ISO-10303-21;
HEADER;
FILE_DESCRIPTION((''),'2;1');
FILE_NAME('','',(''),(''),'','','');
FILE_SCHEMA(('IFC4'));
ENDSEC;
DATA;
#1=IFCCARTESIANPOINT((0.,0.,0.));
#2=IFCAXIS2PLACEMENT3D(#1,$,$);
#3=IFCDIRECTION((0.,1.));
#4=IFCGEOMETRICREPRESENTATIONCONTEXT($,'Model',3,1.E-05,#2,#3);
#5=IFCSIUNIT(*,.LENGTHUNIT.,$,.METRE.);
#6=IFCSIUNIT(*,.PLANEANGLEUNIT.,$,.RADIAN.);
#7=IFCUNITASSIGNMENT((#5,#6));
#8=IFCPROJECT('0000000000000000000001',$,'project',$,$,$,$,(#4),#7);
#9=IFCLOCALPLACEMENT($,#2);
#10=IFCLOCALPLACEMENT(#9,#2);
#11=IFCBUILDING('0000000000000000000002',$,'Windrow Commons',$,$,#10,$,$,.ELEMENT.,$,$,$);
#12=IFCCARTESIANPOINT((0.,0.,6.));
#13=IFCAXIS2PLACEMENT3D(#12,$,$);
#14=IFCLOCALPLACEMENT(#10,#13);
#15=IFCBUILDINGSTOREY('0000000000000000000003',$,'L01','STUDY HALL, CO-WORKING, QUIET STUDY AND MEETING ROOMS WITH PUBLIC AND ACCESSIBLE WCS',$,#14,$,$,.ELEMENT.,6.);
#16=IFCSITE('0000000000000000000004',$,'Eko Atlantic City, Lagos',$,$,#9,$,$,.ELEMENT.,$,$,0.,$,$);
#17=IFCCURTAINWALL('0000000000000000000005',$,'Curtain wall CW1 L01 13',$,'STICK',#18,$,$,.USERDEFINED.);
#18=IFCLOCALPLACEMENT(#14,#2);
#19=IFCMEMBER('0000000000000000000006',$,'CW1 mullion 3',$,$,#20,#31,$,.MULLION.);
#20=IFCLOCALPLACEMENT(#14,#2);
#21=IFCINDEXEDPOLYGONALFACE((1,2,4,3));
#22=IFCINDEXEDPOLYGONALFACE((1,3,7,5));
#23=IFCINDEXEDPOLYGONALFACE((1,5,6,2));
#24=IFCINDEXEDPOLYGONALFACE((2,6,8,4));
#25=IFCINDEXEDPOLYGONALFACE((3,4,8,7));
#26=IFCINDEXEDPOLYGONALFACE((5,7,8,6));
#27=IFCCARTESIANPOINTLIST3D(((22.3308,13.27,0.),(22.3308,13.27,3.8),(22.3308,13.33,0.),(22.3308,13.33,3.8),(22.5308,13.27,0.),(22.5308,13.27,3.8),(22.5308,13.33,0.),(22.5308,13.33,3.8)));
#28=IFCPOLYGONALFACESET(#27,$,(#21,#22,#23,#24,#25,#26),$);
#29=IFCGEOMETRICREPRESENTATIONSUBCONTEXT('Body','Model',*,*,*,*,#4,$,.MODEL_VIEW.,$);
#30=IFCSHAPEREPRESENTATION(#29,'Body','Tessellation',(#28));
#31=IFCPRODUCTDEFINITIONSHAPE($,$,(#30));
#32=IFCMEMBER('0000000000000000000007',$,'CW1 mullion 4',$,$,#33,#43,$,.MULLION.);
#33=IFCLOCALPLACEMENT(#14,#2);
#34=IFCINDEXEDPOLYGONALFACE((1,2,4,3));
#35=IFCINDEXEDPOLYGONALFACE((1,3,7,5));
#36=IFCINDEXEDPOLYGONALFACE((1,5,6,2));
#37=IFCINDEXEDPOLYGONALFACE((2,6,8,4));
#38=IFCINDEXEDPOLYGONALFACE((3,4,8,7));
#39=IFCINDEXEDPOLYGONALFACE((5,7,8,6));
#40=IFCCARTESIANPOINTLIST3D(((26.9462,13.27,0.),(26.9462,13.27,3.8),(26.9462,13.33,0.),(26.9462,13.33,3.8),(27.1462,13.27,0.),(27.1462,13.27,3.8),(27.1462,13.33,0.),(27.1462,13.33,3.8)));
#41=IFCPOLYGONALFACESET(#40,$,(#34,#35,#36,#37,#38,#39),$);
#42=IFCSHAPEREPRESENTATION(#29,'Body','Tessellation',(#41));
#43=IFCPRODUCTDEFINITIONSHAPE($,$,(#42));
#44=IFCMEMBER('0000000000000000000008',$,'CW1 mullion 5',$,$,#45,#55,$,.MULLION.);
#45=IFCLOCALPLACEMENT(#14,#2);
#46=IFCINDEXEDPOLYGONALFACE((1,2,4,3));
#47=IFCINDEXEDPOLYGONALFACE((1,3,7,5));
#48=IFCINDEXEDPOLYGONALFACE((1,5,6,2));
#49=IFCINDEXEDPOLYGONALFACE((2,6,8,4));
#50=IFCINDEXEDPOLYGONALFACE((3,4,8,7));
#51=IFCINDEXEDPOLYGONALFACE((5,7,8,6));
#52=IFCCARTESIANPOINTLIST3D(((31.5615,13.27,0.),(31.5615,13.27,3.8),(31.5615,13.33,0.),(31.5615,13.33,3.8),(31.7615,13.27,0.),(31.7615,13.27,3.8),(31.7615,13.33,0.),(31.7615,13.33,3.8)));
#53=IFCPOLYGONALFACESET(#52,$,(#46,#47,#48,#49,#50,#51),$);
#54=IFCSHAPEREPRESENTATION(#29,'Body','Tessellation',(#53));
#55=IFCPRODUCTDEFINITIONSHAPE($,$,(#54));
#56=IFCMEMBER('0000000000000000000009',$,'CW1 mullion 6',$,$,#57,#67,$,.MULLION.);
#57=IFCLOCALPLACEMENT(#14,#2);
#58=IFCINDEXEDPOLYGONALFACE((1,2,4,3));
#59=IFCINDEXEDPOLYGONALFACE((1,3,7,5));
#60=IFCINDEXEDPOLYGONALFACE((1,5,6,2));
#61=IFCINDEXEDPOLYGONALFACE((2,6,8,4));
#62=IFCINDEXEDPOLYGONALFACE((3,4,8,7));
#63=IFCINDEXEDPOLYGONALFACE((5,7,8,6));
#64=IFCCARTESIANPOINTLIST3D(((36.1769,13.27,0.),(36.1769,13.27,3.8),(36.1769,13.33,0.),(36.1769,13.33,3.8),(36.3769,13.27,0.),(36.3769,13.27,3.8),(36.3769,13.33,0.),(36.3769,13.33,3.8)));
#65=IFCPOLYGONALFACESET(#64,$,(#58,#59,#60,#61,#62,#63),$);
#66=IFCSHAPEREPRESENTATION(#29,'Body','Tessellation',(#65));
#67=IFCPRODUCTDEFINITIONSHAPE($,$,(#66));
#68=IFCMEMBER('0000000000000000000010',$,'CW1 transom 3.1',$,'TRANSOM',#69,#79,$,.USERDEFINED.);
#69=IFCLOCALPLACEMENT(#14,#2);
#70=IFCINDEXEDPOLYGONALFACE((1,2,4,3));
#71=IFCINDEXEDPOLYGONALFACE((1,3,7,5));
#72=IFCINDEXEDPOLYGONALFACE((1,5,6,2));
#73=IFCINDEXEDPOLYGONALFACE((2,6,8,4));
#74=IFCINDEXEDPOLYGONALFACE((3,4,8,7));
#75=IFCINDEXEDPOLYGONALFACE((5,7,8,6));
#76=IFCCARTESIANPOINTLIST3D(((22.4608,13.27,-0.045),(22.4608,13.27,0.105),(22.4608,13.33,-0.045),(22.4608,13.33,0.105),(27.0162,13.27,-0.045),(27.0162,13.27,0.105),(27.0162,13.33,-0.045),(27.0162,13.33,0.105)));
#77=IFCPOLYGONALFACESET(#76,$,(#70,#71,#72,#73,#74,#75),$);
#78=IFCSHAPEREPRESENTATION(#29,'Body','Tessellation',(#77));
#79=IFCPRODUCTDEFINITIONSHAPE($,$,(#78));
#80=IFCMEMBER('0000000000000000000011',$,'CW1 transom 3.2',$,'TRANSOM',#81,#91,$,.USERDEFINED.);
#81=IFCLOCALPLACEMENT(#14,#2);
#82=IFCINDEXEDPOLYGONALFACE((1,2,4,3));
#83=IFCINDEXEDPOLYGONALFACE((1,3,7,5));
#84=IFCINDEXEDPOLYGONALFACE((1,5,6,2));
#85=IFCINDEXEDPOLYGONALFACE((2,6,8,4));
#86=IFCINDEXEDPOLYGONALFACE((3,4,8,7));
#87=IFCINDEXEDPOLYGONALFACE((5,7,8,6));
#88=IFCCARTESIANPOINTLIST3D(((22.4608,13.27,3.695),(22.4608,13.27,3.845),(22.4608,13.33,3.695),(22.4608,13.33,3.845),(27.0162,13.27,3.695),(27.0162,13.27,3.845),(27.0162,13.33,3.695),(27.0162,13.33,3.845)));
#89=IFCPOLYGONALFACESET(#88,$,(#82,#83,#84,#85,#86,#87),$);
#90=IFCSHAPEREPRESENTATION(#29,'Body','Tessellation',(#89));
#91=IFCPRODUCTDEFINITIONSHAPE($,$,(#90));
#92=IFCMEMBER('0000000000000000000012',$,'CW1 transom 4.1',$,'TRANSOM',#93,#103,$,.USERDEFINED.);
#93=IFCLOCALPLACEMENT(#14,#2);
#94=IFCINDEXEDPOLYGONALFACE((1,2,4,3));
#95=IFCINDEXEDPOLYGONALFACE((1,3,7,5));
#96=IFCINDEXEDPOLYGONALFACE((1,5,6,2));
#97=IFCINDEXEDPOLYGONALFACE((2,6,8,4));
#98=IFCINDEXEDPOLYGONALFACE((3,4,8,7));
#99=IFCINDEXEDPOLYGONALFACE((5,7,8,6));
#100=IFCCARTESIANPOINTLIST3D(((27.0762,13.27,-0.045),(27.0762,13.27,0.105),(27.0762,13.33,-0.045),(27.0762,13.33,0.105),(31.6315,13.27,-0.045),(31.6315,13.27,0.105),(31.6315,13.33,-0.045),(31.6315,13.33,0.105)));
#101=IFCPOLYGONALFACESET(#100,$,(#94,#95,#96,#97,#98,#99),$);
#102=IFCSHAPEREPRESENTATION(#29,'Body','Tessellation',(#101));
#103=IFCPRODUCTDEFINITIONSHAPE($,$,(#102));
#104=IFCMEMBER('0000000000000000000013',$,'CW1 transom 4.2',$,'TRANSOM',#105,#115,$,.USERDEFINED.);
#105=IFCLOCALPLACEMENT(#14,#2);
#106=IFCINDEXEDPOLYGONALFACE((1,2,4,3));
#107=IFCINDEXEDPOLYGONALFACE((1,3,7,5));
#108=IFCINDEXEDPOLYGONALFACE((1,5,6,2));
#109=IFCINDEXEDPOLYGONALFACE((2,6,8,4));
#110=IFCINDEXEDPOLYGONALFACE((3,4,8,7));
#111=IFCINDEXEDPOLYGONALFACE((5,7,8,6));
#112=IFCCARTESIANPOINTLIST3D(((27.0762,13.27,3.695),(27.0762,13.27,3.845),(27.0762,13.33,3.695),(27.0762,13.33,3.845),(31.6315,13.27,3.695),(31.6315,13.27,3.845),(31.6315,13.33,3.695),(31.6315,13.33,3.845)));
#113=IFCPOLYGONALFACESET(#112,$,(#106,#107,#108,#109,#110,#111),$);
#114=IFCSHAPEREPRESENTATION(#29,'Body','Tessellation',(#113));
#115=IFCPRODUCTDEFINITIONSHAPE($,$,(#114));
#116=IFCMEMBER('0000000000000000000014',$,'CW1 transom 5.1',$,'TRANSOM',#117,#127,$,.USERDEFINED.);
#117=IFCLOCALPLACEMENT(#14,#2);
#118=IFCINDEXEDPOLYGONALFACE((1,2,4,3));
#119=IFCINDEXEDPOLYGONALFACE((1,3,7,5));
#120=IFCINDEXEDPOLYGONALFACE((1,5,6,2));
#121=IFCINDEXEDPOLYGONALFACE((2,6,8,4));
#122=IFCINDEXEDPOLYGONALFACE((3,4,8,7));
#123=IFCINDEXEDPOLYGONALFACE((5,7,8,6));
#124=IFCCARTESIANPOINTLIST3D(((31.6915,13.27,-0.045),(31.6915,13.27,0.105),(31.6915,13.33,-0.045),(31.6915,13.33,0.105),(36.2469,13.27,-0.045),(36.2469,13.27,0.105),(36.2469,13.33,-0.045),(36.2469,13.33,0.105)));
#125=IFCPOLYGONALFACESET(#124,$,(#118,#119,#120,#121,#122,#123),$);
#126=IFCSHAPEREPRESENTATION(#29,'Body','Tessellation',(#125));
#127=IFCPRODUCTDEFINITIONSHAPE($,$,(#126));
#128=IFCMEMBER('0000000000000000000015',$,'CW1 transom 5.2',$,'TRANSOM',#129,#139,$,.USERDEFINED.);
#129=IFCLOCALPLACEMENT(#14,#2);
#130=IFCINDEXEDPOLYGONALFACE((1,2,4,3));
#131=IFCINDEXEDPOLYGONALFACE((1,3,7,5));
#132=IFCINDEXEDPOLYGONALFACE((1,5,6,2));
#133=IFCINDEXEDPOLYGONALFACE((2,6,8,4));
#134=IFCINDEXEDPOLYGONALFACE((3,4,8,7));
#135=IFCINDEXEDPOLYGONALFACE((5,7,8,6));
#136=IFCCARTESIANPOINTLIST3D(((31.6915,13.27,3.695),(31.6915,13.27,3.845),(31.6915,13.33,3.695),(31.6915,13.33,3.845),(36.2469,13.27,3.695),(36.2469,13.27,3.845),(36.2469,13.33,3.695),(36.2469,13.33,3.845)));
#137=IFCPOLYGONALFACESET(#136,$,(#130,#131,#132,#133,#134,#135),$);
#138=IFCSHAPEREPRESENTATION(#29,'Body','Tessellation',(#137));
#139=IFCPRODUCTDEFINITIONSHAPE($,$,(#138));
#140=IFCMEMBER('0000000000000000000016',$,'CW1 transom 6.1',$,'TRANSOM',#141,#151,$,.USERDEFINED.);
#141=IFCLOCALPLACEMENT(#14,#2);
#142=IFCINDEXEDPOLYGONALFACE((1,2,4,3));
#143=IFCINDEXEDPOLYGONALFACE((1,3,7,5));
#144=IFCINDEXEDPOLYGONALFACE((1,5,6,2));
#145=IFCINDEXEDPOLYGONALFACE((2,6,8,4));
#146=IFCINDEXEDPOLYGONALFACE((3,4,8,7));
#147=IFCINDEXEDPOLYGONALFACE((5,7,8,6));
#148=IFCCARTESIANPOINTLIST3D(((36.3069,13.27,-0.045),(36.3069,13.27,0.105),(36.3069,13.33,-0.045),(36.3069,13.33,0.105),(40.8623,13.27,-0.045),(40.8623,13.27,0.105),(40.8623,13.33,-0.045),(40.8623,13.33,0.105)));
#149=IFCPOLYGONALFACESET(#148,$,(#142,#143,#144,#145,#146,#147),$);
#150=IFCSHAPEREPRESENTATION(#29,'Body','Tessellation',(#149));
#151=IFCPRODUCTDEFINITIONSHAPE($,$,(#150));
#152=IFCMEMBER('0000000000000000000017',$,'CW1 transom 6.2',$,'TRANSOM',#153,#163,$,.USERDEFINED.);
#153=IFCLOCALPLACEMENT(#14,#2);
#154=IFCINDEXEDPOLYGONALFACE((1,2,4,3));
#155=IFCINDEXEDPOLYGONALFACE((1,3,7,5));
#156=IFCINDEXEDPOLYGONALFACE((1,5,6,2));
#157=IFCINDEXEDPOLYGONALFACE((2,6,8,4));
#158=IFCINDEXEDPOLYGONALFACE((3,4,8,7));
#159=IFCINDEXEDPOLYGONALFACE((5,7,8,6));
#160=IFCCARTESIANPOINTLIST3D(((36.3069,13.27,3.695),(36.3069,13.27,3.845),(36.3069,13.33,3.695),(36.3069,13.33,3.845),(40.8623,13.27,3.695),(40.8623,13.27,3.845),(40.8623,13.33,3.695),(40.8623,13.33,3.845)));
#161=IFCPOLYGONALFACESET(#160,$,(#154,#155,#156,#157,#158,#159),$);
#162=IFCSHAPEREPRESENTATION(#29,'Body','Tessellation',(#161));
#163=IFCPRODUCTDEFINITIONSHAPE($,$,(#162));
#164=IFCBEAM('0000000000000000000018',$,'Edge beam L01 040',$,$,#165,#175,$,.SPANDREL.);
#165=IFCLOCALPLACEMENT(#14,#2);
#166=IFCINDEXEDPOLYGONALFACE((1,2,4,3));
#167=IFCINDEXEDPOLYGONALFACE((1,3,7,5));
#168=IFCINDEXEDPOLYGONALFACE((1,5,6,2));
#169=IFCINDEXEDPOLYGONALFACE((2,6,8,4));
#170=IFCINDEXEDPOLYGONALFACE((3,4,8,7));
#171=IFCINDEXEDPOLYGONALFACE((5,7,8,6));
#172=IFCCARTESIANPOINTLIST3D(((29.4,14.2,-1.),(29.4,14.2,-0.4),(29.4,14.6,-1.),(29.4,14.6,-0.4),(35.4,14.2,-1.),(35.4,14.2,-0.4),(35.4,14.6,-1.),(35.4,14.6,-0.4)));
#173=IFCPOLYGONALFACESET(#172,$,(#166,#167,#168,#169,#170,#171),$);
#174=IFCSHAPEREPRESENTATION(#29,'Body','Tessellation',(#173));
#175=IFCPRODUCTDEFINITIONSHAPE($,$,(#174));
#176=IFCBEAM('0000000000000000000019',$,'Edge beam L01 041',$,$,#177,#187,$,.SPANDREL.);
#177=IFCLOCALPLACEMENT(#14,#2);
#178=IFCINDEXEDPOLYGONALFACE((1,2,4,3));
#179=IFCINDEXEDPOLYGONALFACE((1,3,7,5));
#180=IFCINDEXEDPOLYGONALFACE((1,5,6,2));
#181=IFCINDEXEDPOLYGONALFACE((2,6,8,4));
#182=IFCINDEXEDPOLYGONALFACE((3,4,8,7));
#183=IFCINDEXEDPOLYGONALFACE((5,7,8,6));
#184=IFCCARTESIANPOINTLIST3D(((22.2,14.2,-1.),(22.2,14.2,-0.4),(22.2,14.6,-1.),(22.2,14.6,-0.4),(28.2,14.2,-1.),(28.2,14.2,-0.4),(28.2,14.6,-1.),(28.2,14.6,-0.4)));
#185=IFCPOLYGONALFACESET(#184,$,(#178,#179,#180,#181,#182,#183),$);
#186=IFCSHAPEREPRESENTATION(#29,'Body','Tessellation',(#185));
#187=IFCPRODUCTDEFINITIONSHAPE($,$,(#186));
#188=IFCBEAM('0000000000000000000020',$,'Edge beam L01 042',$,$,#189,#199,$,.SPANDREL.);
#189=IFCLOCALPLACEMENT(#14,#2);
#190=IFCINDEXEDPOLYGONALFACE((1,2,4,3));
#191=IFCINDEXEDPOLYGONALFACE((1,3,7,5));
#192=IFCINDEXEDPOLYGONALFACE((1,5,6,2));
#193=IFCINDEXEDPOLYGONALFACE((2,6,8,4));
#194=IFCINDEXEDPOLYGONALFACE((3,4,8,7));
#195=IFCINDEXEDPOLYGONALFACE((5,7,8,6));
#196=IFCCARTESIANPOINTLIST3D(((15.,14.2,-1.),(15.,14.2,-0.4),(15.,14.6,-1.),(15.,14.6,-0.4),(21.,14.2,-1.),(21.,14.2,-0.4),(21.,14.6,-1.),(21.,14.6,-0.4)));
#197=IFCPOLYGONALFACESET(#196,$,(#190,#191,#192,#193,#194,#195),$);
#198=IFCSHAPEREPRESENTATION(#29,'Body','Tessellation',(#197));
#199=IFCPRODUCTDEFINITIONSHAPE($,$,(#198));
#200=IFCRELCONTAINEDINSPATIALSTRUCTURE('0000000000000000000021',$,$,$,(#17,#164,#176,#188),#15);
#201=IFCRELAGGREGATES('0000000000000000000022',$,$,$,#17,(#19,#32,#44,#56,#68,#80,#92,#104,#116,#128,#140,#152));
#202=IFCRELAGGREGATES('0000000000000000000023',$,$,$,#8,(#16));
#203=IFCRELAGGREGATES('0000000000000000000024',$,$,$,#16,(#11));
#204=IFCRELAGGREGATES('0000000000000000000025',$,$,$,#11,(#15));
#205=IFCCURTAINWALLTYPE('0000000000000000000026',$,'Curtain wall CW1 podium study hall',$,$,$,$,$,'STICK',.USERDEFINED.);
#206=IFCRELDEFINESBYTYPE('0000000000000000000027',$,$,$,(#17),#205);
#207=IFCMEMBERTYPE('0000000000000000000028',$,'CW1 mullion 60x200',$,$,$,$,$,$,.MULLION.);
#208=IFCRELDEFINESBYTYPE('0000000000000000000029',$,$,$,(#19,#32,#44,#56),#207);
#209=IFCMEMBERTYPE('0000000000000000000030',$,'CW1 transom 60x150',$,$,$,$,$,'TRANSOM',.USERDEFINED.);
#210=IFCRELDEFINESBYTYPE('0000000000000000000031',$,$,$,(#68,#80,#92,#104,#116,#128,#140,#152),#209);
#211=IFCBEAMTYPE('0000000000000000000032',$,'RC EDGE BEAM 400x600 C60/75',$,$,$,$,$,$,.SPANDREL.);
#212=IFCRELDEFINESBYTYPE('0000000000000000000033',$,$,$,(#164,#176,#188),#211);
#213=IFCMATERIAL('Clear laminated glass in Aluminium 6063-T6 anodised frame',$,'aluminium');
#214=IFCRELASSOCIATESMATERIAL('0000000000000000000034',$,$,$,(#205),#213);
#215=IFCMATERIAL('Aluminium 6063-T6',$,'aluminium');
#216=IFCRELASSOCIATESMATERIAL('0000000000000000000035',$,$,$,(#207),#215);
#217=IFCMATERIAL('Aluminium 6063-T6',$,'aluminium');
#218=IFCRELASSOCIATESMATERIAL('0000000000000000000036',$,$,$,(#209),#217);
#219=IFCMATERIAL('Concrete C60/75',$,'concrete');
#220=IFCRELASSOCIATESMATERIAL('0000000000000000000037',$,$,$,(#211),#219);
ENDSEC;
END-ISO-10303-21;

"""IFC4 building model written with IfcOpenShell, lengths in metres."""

from ifc_helpers import new_model, si_unit, direction, frame, origin, origin_2d, place, context, subcontext, project, spatial, rectangle, extrude, material, material_profile, profile_set, type_object, element, aggregate, save


model = new_model("IFC4")

# Units and contexts
model_context = context("Model", 3, precision=1e-05, world=origin(), true_north=direction((0.0, 1.0)))
body_context = subcontext(model_context, "Body", "Model", "MODEL_VIEW")
ifc_project = project(units=[si_unit("LENGTHUNIT", "METRE"), si_unit("PLANEANGLEUNIT", "RADIAN")], contexts=[model_context])

# Site, building, storey
site_placement = place(None, origin())
site = spatial("IfcSite", under=ifc_project, at=site_placement, Name="Eko Atlantic City, Lagos", CompositionType="ELEMENT", RefElevation=0.0)
building_placement = place(site_placement, origin())
building = spatial("IfcBuilding", under=site, at=building_placement, Name="Windrow Commons", CompositionType="ELEMENT")
storey_placement = place(building_placement, frame((0.0, 0.0, 6.0)))
storey = spatial("IfcBuildingStorey", under=building, at=storey_placement, Name="L01", Description="STUDY HALL, CO-WORKING, QUIET STUDY AND MEETING ROOMS WITH PUBLIC AND ACCESSIBLE WCS", CompositionType="ELEMENT", Elevation=6.0)

# Curtain wall, members
ifc_material_1 = material(Name="Clear laminated glass in Aluminium 6063-T6 anodised frame", Category="aluminium")
curtain_wall_type = type_object("IfcCurtainWallType", Name="Curtain wall CW1 podium study hall", ElementType="STICK", PredefinedType="USERDEFINED", material=ifc_material_1)
curtain_wall_placement = place(storey_placement, origin())
curtain_wall = element("IfcCurtainWall", 1, at=curtain_wall_placement, inside=storey, type_object=curtain_wall_type, Name="Curtain wall CW1 L01 13", ObjectType="STICK", PredefinedType="USERDEFINED")
ifc_material_2 = material(Name="Aluminium 6063-T6", Category="aluminium")
ifc_material_profile_1 = material_profile(ifc_material_2, rectangle(XDim=0.06, YDim=0.2, at=origin_2d()))
ifc_profile_set_1 = profile_set([ifc_material_profile_1], Name="Aluminium 6063-T6")
member_type_1 = type_object("IfcMemberType", Name="CW1 mullion 60x200", PredefinedType="MULLION", material=ifc_profile_set_1)
member_1_placement = place(storey_placement, frame((22.4308, 13.3, 0.0), z_axis=(0.0, 0.0, 1.0), x_axis=(0.0, 1.0, 0.0)))
member_1 = element("IfcMember", 2, at=member_1_placement, type_object=member_type_1, Name="CW1 mullion 3", PredefinedType="MULLION", context=body_context, shape_type="SweptSolid", body=[
    extrude(rectangle(XDim=0.06, YDim=0.2, at=origin_2d()), origin(), (0.0, 0.0, 1.0), 3.8),
])
member_2_placement = place(storey_placement, frame((27.0462, 13.3, 0.0), z_axis=(0.0, 0.0, 1.0), x_axis=(0.0, 1.0, 0.0)))
member_2 = element("IfcMember", 3, at=member_2_placement, type_object=member_type_1, Name="CW1 mullion 4", PredefinedType="MULLION", context=body_context, shape_type="SweptSolid", body=[
    extrude(rectangle(XDim=0.06, YDim=0.2, at=origin_2d()), origin(), (0.0, 0.0, 1.0), 3.8),
])
member_3_placement = place(storey_placement, frame((31.6615, 13.3, 0.0), z_axis=(0.0, 0.0, 1.0), x_axis=(0.0, 1.0, 0.0)))
member_3 = element("IfcMember", 4, at=member_3_placement, type_object=member_type_1, Name="CW1 mullion 5", PredefinedType="MULLION", context=body_context, shape_type="SweptSolid", body=[
    extrude(rectangle(XDim=0.06, YDim=0.2, at=origin_2d()), origin(), (0.0, 0.0, 1.0), 3.8),
])
member_4_placement = place(storey_placement, frame((36.2769, 13.3, 0.0), z_axis=(0.0, 0.0, 1.0), x_axis=(0.0, 1.0, 0.0)))
member_4 = element("IfcMember", 5, at=member_4_placement, type_object=member_type_1, Name="CW1 mullion 6", PredefinedType="MULLION", context=body_context, shape_type="SweptSolid", body=[
    extrude(rectangle(XDim=0.06, YDim=0.2, at=origin_2d()), origin(), (0.0, 0.0, 1.0), 3.8),
])
ifc_material_3 = material(Name="Aluminium 6063-T6", Category="aluminium")
ifc_material_profile_2 = material_profile(ifc_material_3, rectangle(XDim=0.06, YDim=0.15, at=origin_2d()))
ifc_profile_set_2 = profile_set([ifc_material_profile_2], Name="Aluminium 6063-T6")
member_type_2 = type_object("IfcMemberType", Name="CW1 transom 60x150", ElementType="TRANSOM", PredefinedType="USERDEFINED", material=ifc_profile_set_2)
member_5_placement = place(storey_placement, frame((22.4608, 13.3, 0.03), z_axis=(1.0, 0.0, 0.0), x_axis=(0.0, 1.0, 0.0)))
member_5 = element("IfcMember", 6, at=member_5_placement, type_object=member_type_2, Name="CW1 transom 3.1", ObjectType="TRANSOM", PredefinedType="USERDEFINED", context=body_context, shape_type="SweptSolid", body=[
    extrude(rectangle(XDim=0.06, YDim=0.15, at=origin_2d()), origin(), (0.0, 0.0, 1.0), 4.5554),
])
member_6_placement = place(storey_placement, frame((22.4608, 13.3, 3.77), z_axis=(1.0, 0.0, 0.0), x_axis=(0.0, 1.0, 0.0)))
member_6 = element("IfcMember", 7, at=member_6_placement, type_object=member_type_2, Name="CW1 transom 3.2", ObjectType="TRANSOM", PredefinedType="USERDEFINED", context=body_context, shape_type="SweptSolid", body=[
    extrude(rectangle(XDim=0.06, YDim=0.15, at=origin_2d()), origin(), (0.0, 0.0, 1.0), 4.5554),
])
member_7_placement = place(storey_placement, frame((27.0762, 13.3, 0.03), z_axis=(1.0, 0.0, 0.0), x_axis=(0.0, 1.0, 0.0)))
member_7 = element("IfcMember", 8, at=member_7_placement, type_object=member_type_2, Name="CW1 transom 4.1", ObjectType="TRANSOM", PredefinedType="USERDEFINED", context=body_context, shape_type="SweptSolid", body=[
    extrude(rectangle(XDim=0.06, YDim=0.15, at=origin_2d()), origin(), (0.0, 0.0, 1.0), 4.5553),
])
member_8_placement = place(storey_placement, frame((27.0762, 13.3, 3.77), z_axis=(1.0, 0.0, 0.0), x_axis=(0.0, 1.0, 0.0)))
member_8 = element("IfcMember", 9, at=member_8_placement, type_object=member_type_2, Name="CW1 transom 4.2", ObjectType="TRANSOM", PredefinedType="USERDEFINED", context=body_context, shape_type="SweptSolid", body=[
    extrude(rectangle(XDim=0.06, YDim=0.15, at=origin_2d()), origin(), (0.0, 0.0, 1.0), 4.5553),
])
member_9_placement = place(storey_placement, frame((31.6915, 13.3, 0.03), z_axis=(1.0, 0.0, 0.0), x_axis=(0.0, 1.0, 0.0)))
member_9 = element("IfcMember", 10, at=member_9_placement, type_object=member_type_2, Name="CW1 transom 5.1", ObjectType="TRANSOM", PredefinedType="USERDEFINED", context=body_context, shape_type="SweptSolid", body=[
    extrude(rectangle(XDim=0.06, YDim=0.15, at=origin_2d()), origin(), (0.0, 0.0, 1.0), 4.5554),
])
member_10_placement = place(storey_placement, frame((31.6915, 13.3, 3.77), z_axis=(1.0, 0.0, 0.0), x_axis=(0.0, 1.0, 0.0)))
member_10 = element("IfcMember", 11, at=member_10_placement, type_object=member_type_2, Name="CW1 transom 5.2", ObjectType="TRANSOM", PredefinedType="USERDEFINED", context=body_context, shape_type="SweptSolid", body=[
    extrude(rectangle(XDim=0.06, YDim=0.15, at=origin_2d()), origin(), (0.0, 0.0, 1.0), 4.5554),
])
member_11_placement = place(storey_placement, frame((36.3069, 13.3, 0.03), z_axis=(1.0, 0.0, 0.0), x_axis=(0.0, 1.0, 0.0)))
member_11 = element("IfcMember", 12, at=member_11_placement, type_object=member_type_2, Name="CW1 transom 6.1", ObjectType="TRANSOM", PredefinedType="USERDEFINED", context=body_context, shape_type="SweptSolid", body=[
    extrude(rectangle(XDim=0.06, YDim=0.15, at=origin_2d()), origin(), (0.0, 0.0, 1.0), 4.5554),
])
member_12_placement = place(storey_placement, frame((36.3069, 13.3, 3.77), z_axis=(1.0, 0.0, 0.0), x_axis=(0.0, 1.0, 0.0)))
member_12 = element("IfcMember", 13, at=member_12_placement, type_object=member_type_2, Name="CW1 transom 6.2", ObjectType="TRANSOM", PredefinedType="USERDEFINED", context=body_context, shape_type="SweptSolid", body=[
    extrude(rectangle(XDim=0.06, YDim=0.15, at=origin_2d()), origin(), (0.0, 0.0, 1.0), 4.5554),
])

# Beams
ifc_material_4 = material(Name="Concrete C60/75", Category="concrete")
ifc_material_profile_3 = material_profile(ifc_material_4, rectangle(XDim=0.4, YDim=0.6, at=origin_2d()))
ifc_profile_set_3 = profile_set([ifc_material_profile_3], Name="Concrete C60/75")
beam_type = type_object("IfcBeamType", Name="RC EDGE BEAM 400x600 C60/75", PredefinedType="SPANDREL", material=ifc_profile_set_3)
for number, where, z_axis, x_axis, name in (
    (14, (35.4, 14.4, -0.7), (-1.0, 0.0, 0.0), (0.0, -1.0, 0.0), "Edge beam L01 040"),
    (15, (28.2, 14.4, -0.7), (-1.0, 0.0, 0.0), (0.0, -1.0, 0.0), "Edge beam L01 041"),
    (16, (21.0, 14.4, -0.7), (-1.0, 0.0, 0.0), (0.0, -1.0, 0.0), "Edge beam L01 042"),
):
    element("IfcBeam", number, at=place(storey_placement, frame(where, z_axis=z_axis, x_axis=x_axis)), inside=storey, type_object=beam_type, Name=name, PredefinedType="SPANDREL", context=body_context, shape_type="SweptSolid", body=[
        extrude(rectangle(XDim=0.4, YDim=0.6, at=origin_2d()), origin(), (0.0, 0.0, 1.0), 6.0),
    ])

aggregate(curtain_wall, [member_1, member_2, member_3, member_4, member_5, member_6, member_7, member_8, member_9, member_10, member_11, member_12])

save(model, "model.ifc")
